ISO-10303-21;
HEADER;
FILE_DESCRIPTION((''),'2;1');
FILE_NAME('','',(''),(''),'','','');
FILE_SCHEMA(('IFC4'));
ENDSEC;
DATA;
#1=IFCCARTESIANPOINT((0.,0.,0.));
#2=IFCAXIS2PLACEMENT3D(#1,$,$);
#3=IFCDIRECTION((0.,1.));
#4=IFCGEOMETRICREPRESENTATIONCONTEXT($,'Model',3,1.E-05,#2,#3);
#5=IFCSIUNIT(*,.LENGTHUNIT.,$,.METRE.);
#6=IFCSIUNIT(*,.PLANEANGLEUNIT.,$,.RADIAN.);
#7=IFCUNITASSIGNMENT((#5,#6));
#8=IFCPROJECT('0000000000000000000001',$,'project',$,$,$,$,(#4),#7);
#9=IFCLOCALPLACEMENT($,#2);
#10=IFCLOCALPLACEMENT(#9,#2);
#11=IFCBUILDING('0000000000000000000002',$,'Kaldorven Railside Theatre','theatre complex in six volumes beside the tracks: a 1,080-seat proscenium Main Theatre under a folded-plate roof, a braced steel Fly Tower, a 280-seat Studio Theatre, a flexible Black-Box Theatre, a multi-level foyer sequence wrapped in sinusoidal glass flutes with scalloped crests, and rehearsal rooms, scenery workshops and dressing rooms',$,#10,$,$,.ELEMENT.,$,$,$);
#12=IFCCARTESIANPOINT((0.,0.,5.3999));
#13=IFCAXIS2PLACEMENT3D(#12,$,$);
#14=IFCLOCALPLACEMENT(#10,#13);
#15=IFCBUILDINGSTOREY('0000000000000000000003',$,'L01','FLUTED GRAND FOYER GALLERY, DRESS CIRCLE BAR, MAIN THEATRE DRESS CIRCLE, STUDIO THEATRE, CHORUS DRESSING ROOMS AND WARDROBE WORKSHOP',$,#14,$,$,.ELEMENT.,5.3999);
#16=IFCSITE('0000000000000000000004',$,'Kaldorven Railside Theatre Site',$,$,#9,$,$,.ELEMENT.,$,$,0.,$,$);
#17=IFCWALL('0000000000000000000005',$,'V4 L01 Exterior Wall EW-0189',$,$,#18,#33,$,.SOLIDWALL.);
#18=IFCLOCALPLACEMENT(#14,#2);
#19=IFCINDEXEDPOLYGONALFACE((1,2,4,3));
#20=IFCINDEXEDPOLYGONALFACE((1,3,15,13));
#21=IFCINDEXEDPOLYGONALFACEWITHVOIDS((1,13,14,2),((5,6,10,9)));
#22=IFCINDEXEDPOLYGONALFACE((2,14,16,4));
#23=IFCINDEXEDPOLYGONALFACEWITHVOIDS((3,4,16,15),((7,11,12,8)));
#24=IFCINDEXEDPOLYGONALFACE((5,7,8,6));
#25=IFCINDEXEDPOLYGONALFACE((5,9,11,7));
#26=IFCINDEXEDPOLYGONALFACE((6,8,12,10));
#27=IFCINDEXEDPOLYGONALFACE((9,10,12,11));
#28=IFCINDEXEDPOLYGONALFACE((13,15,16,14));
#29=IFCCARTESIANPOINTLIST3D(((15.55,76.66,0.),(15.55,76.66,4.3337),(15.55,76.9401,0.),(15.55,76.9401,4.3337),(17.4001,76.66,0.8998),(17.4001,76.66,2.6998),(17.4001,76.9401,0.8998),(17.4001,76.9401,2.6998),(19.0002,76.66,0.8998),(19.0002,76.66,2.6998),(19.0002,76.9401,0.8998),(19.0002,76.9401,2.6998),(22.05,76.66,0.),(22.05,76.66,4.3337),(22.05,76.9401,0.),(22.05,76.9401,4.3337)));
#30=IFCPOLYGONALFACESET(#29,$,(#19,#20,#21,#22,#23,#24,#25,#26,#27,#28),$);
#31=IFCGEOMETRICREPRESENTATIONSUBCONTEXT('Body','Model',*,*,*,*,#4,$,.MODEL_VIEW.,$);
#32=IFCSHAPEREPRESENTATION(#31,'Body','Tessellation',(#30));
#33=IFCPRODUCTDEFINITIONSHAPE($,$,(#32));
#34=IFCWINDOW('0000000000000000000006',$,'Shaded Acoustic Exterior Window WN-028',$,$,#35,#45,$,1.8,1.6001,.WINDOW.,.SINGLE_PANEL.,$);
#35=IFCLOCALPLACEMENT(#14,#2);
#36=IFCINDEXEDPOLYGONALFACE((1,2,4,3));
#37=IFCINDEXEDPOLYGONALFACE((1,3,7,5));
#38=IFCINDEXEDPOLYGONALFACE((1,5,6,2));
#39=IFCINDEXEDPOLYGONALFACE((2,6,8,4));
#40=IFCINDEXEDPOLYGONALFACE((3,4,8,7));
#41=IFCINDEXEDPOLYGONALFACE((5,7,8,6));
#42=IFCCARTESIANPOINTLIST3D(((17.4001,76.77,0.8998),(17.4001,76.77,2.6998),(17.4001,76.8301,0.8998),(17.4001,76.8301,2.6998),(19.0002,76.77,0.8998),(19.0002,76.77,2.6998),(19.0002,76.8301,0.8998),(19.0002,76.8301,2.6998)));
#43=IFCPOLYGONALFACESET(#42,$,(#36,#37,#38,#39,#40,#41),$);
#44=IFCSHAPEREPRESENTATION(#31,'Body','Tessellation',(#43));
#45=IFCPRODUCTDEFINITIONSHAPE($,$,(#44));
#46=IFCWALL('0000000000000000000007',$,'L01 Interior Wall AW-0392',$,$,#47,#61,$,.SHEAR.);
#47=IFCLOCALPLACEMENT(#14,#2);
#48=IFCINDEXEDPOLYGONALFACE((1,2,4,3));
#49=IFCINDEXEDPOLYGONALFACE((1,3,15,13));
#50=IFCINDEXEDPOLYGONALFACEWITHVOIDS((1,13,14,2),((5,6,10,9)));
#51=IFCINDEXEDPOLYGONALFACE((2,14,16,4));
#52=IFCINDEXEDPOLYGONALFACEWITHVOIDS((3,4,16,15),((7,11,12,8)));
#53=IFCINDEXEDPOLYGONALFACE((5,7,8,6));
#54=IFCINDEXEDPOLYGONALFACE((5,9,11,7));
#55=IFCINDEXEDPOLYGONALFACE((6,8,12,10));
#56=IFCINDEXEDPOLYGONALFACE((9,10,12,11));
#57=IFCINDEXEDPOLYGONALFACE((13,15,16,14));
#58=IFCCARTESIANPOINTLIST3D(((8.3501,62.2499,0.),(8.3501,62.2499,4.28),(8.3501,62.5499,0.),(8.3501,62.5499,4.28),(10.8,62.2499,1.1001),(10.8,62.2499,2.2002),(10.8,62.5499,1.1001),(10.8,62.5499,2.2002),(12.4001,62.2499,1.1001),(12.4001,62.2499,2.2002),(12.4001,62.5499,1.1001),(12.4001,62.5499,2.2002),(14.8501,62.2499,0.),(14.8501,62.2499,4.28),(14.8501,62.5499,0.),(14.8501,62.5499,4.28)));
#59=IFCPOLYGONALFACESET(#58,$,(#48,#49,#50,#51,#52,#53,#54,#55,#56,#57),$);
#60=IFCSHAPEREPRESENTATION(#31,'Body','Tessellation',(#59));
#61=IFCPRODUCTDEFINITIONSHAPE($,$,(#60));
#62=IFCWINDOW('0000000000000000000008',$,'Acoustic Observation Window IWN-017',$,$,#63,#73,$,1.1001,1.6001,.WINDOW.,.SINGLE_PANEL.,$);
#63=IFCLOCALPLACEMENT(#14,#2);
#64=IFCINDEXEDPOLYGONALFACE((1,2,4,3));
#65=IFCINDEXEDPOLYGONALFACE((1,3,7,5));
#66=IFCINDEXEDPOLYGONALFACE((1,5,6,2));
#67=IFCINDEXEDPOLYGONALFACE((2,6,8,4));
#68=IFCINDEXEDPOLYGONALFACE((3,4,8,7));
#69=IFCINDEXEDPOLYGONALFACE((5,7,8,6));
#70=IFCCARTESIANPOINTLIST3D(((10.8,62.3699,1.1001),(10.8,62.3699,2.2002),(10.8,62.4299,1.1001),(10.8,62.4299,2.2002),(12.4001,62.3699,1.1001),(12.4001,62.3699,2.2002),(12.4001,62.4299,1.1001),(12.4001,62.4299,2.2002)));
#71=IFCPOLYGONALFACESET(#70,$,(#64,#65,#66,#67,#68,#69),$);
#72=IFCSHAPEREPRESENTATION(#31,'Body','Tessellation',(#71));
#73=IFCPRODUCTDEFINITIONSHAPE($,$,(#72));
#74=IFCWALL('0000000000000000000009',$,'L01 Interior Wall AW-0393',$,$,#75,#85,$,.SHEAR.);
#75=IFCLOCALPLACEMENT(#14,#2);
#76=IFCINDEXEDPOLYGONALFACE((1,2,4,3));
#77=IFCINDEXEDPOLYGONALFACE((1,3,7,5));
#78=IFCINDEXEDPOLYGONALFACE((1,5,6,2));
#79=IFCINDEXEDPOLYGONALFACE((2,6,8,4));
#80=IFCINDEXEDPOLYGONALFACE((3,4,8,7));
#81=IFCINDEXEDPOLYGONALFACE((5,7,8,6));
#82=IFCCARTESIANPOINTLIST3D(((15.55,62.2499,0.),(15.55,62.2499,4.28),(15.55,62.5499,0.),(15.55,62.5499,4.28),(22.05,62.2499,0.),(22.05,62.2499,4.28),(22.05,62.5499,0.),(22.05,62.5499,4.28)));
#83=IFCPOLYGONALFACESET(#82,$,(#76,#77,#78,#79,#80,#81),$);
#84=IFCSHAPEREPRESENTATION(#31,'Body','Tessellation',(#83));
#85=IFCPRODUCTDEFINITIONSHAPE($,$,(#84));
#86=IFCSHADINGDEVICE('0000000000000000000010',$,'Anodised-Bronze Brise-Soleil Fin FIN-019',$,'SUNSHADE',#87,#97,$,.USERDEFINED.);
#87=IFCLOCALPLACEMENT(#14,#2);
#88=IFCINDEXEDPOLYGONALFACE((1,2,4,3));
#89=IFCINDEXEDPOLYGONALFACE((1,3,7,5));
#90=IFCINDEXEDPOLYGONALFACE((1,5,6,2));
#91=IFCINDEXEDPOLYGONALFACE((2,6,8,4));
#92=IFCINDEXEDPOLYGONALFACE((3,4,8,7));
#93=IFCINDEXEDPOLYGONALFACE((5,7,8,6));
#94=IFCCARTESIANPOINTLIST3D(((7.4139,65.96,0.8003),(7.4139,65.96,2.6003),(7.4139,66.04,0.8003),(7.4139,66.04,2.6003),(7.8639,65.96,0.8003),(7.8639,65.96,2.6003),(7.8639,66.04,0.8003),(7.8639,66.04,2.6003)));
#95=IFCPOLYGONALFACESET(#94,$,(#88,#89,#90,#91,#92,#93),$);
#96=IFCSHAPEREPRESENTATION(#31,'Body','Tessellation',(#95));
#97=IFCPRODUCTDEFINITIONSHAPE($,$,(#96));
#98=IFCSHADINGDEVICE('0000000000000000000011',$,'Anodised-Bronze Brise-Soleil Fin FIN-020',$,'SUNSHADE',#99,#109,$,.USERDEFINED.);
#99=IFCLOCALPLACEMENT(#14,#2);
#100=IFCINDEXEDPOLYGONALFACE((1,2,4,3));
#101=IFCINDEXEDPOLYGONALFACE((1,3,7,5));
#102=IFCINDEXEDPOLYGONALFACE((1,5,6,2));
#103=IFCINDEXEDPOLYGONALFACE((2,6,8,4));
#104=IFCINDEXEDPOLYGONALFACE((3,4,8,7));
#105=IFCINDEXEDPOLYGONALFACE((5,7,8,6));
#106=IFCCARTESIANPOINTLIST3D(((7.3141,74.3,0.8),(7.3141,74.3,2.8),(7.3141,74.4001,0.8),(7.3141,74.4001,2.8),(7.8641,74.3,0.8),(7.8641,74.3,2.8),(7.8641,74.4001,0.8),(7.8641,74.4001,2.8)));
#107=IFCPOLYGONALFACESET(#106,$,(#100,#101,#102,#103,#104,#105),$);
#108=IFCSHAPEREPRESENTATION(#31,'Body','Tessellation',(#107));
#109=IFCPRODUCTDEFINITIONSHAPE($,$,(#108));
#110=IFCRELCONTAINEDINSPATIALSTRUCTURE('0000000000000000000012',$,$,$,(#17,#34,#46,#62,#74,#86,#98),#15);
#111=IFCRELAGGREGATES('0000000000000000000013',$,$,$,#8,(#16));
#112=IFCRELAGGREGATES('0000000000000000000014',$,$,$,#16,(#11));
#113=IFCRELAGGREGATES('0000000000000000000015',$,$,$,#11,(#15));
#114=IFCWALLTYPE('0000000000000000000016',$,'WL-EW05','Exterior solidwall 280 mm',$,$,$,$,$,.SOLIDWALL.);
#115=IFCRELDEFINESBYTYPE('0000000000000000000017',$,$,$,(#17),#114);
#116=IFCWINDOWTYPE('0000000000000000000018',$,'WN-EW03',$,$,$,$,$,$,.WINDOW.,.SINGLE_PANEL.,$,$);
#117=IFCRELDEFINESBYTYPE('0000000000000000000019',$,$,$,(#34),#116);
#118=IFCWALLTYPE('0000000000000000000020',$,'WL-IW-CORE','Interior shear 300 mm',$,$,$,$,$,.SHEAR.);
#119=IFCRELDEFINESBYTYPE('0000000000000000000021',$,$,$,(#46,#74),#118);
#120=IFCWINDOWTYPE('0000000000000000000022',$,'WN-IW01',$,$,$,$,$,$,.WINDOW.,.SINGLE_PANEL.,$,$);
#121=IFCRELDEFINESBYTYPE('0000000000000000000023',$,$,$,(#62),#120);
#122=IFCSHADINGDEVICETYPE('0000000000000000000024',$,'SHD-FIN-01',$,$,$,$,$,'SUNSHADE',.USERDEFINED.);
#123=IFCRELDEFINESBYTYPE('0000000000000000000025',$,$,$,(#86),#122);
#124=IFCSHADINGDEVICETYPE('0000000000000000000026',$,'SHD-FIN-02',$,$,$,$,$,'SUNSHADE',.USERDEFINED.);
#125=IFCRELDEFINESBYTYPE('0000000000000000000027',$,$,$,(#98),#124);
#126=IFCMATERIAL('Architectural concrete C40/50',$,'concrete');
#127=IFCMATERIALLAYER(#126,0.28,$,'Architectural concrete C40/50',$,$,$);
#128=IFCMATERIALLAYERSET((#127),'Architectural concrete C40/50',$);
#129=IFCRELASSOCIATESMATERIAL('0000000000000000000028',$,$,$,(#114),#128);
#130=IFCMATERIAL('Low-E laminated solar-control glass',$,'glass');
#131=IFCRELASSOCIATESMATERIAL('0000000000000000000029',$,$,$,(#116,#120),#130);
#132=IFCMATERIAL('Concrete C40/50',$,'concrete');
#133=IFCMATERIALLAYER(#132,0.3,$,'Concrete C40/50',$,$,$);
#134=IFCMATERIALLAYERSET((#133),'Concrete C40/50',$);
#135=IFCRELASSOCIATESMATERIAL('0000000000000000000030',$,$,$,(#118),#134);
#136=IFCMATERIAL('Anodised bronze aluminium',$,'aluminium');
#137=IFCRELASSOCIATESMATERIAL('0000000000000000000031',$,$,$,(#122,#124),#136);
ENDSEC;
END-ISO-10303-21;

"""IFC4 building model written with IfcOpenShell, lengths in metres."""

from ifc_helpers import new_model, si_unit, direction, frame, frame_2d, origin, origin_2d, place, context, subcontext, project, spatial, rectangle, extrude, material, layer, layer_set, type_object, element, fill, save


model = new_model("IFC4")

# Units and contexts
model_context = context("Model", 3, precision=1e-05, world=origin(), true_north=direction((0.0, 1.0)))
body_context = subcontext(model_context, "Body", "Model", "MODEL_VIEW")
ifc_project = project(units=[si_unit("LENGTHUNIT", "METRE"), si_unit("PLANEANGLEUNIT", "RADIAN")], contexts=[model_context])

# Site, building, storey
site_placement = place(None, origin())
site = spatial("IfcSite", under=ifc_project, at=site_placement, Name="Kaldorven Railside Theatre Site", CompositionType="ELEMENT", RefElevation=0.0)
building_placement = place(site_placement, origin())
building = spatial("IfcBuilding", under=site, at=building_placement, Name="Kaldorven Railside Theatre", Description="theatre complex in six volumes beside the tracks: a 1,080-seat proscenium Main Theatre under a folded-plate roof, a braced steel Fly Tower, a 280-seat Studio Theatre, a flexible Black-Box Theatre, a multi-level foyer sequence wrapped in sinusoidal glass flutes with scalloped crests, and rehearsal rooms, scenery workshops and dressing rooms", CompositionType="ELEMENT")
storey_placement = place(building_placement, frame((0.0, 0.0, 5.3999)))
storey = spatial("IfcBuildingStorey", under=building, at=storey_placement, Name="L01", Description="FLUTED GRAND FOYER GALLERY, DRESS CIRCLE BAR, MAIN THEATRE DRESS CIRCLE, STUDIO THEATRE, CHORUS DRESSING ROOMS AND WARDROBE WORKSHOP", CompositionType="ELEMENT", Elevation=5.3999)

# Shared definitions
ifc_material_1 = material(Name="Concrete C40/50", Category="concrete")

# Shared definitions
ifc_material_2 = material(Name="Architectural concrete C40/50", Category="concrete")

# Walls, openings, windows
ifc_layer_1 = layer(ifc_material_2, 0.28, Name="Architectural concrete C40/50")
ifc_layer_set_1 = layer_set([ifc_layer_1], Name="Architectural concrete C40/50")
wall_type_1 = type_object("IfcWallType", Name="WL-EW05", Description="Exterior solidwall 280 mm", PredefinedType="SOLIDWALL", material=ifc_layer_set_1)
ifc_material_3 = material(Name="Low-E laminated solar-control glass", Category="glass")
wall_1_placement = place(storey_placement, frame((15.55, 76.8, 0.0), z_axis=(0.0, 0.0, 1.0), x_axis=(1.0, 0.0, 0.0)))
wall_1 = element("IfcWall", 1, at=wall_1_placement, inside=storey, type_object=wall_type_1, Name="V4 L01 Exterior Wall EW-0189", PredefinedType="SOLIDWALL", context=body_context, shape_type="SweptSolid", body=[
    extrude(rectangle(XDim=6.5, YDim=0.28, at=frame_2d((3.25, 0.0))), origin(), (0.0, 0.0, 1.0), 4.3337),
])
opening_1_placement = place(wall_1_placement, frame((1.8501, 0.0, 0.8999)))
opening_1 = element("IfcOpeningElement", 2, at=opening_1_placement, cuts=wall_1, PredefinedType="OPENING", context=body_context, shape_type="SweptSolid", body=[
    extrude(rectangle(XDim=1.6001, YDim=1.8, at=frame_2d((0.8, 0.8999))), frame((0.0, 0.1499, 0.0), z_axis=(0.0, -1.0, 0.0), x_axis=(1.0, 0.0, 0.0)), (0.0, 0.0, 1.0), 0.3),
])
window_type_1 = type_object("IfcWindowType", Name="WN-EW03", PartitioningType="SINGLE_PANEL", PredefinedType="WINDOW", material=ifc_material_3)
window_1_placement = place(opening_1_placement, origin())
window_1 = element("IfcWindow", 3, at=window_1_placement, inside=storey, type_object=window_type_1, Name="Shaded Acoustic Exterior Window WN-028", OverallHeight=1.8, OverallWidth=1.6001, PartitioningType="SINGLE_PANEL", PredefinedType="WINDOW", context=body_context, shape_type="SweptSolid", body=[
    extrude(rectangle(XDim=1.6001, YDim=1.8, at=frame_2d((0.8, 0.8999))), frame((0.0, 0.03, 0.0), z_axis=(0.0, -1.0, 0.0), x_axis=(1.0, 0.0, 0.0)), (0.0, 0.0, 1.0), 0.0601),
])
fill(opening_1, window_1)
ifc_layer_2 = layer(ifc_material_1, 0.3, Name="Concrete C40/50")
ifc_layer_set_2 = layer_set([ifc_layer_2], Name="Concrete C40/50")
wall_type_2 = type_object("IfcWallType", Name="WL-IW-CORE", Description="Interior shear 300 mm", PredefinedType="SHEAR", material=ifc_layer_set_2)
wall_2_placement = place(storey_placement, frame((8.3501, 62.3999, 0.0), z_axis=(0.0, 0.0, 1.0), x_axis=(1.0, 0.0, 0.0)))
wall_2 = element("IfcWall", 4, at=wall_2_placement, inside=storey, type_object=wall_type_2, Name="L01 Interior Wall AW-0392", PredefinedType="SHEAR", context=body_context, shape_type="SweptSolid", body=[
    extrude(rectangle(XDim=6.5, YDim=0.3, at=frame_2d((3.25, 0.0))), origin(), (0.0, 0.0, 1.0), 4.28),
])
opening_2_placement = place(wall_2_placement, frame((2.45, 0.0, 1.1001)))
opening_2 = element("IfcOpeningElement", 5, at=opening_2_placement, cuts=wall_2, PredefinedType="OPENING", context=body_context, shape_type="SweptSolid", body=[
    extrude(rectangle(XDim=1.6001, YDim=1.1001, at=frame_2d((0.8, 0.55))), frame((0.0, 0.1602, 0.0), z_axis=(0.0, -1.0, 0.0), x_axis=(1.0, 0.0, 0.0)), (0.0, 0.0, 1.0), 0.3201),
])
window_type_2 = type_object("IfcWindowType", Name="WN-IW01", PartitioningType="SINGLE_PANEL", PredefinedType="WINDOW", material=ifc_material_3)
window_2_placement = place(opening_2_placement, origin())
window_2 = element("IfcWindow", 6, at=window_2_placement, inside=storey, type_object=window_type_2, Name="Acoustic Observation Window IWN-017", OverallHeight=1.1001, OverallWidth=1.6001, PartitioningType="SINGLE_PANEL", PredefinedType="WINDOW", context=body_context, shape_type="SweptSolid", body=[
    extrude(rectangle(XDim=1.6001, YDim=1.1001, at=frame_2d((0.8, 0.55))), frame((0.0, 0.03, 0.0), z_axis=(0.0, -1.0, 0.0), x_axis=(1.0, 0.0, 0.0)), (0.0, 0.0, 1.0), 0.0601),
])
fill(opening_2, window_2)

# Wall
wall_3_placement = place(storey_placement, frame((15.55, 62.3999, 0.0), z_axis=(0.0, 0.0, 1.0), x_axis=(1.0, 0.0, 0.0)))
element("IfcWall", 7, at=wall_3_placement, inside=storey, type_object=wall_type_2, Name="L01 Interior Wall AW-0393", PredefinedType="SHEAR", context=body_context, shape_type="SweptSolid", body=[
    extrude(rectangle(XDim=6.5, YDim=0.3, at=frame_2d((3.25, 0.0))), origin(), (0.0, 0.0, 1.0), 4.28),
])

# Shading devices
ifc_material_4 = material(Name="Anodised bronze aluminium", Category="aluminium")
shading_device_type_1 = type_object("IfcShadingDeviceType", Name="SHD-FIN-01", ElementType="SUNSHADE", PredefinedType="USERDEFINED", material=ifc_material_4)
shading_device_1_placement = place(storey_placement, frame((7.6389, 66.0, 0.8003), z_axis=(0.0, 0.0, 1.0), x_axis=(0.0, 1.0, 0.0)))
element("IfcShadingDevice", 8, at=shading_device_1_placement, inside=storey, type_object=shading_device_type_1, Name="Anodised-Bronze Brise-Soleil Fin FIN-019", ObjectType="SUNSHADE", PredefinedType="USERDEFINED", context=body_context, shape_type="SweptSolid", body=[
    extrude(rectangle(XDim=0.0801, YDim=0.45, at=origin_2d()), origin(), (0.0, 0.0, 1.0), 1.8),
])
shading_device_type_2 = type_object("IfcShadingDeviceType", Name="SHD-FIN-02", ElementType="SUNSHADE", PredefinedType="USERDEFINED", material=ifc_material_4)
shading_device_2_placement = place(storey_placement, frame((7.5891, 74.3501, 0.8), z_axis=(0.0, 0.0, 1.0), x_axis=(0.0, 1.0, 0.0)))
element("IfcShadingDevice", 9, at=shading_device_2_placement, inside=storey, type_object=shading_device_type_2, Name="Anodised-Bronze Brise-Soleil Fin FIN-020", ObjectType="SUNSHADE", PredefinedType="USERDEFINED", context=body_context, shape_type="SweptSolid", body=[
    extrude(rectangle(XDim=0.1001, YDim=0.55, at=origin_2d()), origin(), (0.0, 0.0, 1.0), 2.0),
])

save(model, "model.ifc")
